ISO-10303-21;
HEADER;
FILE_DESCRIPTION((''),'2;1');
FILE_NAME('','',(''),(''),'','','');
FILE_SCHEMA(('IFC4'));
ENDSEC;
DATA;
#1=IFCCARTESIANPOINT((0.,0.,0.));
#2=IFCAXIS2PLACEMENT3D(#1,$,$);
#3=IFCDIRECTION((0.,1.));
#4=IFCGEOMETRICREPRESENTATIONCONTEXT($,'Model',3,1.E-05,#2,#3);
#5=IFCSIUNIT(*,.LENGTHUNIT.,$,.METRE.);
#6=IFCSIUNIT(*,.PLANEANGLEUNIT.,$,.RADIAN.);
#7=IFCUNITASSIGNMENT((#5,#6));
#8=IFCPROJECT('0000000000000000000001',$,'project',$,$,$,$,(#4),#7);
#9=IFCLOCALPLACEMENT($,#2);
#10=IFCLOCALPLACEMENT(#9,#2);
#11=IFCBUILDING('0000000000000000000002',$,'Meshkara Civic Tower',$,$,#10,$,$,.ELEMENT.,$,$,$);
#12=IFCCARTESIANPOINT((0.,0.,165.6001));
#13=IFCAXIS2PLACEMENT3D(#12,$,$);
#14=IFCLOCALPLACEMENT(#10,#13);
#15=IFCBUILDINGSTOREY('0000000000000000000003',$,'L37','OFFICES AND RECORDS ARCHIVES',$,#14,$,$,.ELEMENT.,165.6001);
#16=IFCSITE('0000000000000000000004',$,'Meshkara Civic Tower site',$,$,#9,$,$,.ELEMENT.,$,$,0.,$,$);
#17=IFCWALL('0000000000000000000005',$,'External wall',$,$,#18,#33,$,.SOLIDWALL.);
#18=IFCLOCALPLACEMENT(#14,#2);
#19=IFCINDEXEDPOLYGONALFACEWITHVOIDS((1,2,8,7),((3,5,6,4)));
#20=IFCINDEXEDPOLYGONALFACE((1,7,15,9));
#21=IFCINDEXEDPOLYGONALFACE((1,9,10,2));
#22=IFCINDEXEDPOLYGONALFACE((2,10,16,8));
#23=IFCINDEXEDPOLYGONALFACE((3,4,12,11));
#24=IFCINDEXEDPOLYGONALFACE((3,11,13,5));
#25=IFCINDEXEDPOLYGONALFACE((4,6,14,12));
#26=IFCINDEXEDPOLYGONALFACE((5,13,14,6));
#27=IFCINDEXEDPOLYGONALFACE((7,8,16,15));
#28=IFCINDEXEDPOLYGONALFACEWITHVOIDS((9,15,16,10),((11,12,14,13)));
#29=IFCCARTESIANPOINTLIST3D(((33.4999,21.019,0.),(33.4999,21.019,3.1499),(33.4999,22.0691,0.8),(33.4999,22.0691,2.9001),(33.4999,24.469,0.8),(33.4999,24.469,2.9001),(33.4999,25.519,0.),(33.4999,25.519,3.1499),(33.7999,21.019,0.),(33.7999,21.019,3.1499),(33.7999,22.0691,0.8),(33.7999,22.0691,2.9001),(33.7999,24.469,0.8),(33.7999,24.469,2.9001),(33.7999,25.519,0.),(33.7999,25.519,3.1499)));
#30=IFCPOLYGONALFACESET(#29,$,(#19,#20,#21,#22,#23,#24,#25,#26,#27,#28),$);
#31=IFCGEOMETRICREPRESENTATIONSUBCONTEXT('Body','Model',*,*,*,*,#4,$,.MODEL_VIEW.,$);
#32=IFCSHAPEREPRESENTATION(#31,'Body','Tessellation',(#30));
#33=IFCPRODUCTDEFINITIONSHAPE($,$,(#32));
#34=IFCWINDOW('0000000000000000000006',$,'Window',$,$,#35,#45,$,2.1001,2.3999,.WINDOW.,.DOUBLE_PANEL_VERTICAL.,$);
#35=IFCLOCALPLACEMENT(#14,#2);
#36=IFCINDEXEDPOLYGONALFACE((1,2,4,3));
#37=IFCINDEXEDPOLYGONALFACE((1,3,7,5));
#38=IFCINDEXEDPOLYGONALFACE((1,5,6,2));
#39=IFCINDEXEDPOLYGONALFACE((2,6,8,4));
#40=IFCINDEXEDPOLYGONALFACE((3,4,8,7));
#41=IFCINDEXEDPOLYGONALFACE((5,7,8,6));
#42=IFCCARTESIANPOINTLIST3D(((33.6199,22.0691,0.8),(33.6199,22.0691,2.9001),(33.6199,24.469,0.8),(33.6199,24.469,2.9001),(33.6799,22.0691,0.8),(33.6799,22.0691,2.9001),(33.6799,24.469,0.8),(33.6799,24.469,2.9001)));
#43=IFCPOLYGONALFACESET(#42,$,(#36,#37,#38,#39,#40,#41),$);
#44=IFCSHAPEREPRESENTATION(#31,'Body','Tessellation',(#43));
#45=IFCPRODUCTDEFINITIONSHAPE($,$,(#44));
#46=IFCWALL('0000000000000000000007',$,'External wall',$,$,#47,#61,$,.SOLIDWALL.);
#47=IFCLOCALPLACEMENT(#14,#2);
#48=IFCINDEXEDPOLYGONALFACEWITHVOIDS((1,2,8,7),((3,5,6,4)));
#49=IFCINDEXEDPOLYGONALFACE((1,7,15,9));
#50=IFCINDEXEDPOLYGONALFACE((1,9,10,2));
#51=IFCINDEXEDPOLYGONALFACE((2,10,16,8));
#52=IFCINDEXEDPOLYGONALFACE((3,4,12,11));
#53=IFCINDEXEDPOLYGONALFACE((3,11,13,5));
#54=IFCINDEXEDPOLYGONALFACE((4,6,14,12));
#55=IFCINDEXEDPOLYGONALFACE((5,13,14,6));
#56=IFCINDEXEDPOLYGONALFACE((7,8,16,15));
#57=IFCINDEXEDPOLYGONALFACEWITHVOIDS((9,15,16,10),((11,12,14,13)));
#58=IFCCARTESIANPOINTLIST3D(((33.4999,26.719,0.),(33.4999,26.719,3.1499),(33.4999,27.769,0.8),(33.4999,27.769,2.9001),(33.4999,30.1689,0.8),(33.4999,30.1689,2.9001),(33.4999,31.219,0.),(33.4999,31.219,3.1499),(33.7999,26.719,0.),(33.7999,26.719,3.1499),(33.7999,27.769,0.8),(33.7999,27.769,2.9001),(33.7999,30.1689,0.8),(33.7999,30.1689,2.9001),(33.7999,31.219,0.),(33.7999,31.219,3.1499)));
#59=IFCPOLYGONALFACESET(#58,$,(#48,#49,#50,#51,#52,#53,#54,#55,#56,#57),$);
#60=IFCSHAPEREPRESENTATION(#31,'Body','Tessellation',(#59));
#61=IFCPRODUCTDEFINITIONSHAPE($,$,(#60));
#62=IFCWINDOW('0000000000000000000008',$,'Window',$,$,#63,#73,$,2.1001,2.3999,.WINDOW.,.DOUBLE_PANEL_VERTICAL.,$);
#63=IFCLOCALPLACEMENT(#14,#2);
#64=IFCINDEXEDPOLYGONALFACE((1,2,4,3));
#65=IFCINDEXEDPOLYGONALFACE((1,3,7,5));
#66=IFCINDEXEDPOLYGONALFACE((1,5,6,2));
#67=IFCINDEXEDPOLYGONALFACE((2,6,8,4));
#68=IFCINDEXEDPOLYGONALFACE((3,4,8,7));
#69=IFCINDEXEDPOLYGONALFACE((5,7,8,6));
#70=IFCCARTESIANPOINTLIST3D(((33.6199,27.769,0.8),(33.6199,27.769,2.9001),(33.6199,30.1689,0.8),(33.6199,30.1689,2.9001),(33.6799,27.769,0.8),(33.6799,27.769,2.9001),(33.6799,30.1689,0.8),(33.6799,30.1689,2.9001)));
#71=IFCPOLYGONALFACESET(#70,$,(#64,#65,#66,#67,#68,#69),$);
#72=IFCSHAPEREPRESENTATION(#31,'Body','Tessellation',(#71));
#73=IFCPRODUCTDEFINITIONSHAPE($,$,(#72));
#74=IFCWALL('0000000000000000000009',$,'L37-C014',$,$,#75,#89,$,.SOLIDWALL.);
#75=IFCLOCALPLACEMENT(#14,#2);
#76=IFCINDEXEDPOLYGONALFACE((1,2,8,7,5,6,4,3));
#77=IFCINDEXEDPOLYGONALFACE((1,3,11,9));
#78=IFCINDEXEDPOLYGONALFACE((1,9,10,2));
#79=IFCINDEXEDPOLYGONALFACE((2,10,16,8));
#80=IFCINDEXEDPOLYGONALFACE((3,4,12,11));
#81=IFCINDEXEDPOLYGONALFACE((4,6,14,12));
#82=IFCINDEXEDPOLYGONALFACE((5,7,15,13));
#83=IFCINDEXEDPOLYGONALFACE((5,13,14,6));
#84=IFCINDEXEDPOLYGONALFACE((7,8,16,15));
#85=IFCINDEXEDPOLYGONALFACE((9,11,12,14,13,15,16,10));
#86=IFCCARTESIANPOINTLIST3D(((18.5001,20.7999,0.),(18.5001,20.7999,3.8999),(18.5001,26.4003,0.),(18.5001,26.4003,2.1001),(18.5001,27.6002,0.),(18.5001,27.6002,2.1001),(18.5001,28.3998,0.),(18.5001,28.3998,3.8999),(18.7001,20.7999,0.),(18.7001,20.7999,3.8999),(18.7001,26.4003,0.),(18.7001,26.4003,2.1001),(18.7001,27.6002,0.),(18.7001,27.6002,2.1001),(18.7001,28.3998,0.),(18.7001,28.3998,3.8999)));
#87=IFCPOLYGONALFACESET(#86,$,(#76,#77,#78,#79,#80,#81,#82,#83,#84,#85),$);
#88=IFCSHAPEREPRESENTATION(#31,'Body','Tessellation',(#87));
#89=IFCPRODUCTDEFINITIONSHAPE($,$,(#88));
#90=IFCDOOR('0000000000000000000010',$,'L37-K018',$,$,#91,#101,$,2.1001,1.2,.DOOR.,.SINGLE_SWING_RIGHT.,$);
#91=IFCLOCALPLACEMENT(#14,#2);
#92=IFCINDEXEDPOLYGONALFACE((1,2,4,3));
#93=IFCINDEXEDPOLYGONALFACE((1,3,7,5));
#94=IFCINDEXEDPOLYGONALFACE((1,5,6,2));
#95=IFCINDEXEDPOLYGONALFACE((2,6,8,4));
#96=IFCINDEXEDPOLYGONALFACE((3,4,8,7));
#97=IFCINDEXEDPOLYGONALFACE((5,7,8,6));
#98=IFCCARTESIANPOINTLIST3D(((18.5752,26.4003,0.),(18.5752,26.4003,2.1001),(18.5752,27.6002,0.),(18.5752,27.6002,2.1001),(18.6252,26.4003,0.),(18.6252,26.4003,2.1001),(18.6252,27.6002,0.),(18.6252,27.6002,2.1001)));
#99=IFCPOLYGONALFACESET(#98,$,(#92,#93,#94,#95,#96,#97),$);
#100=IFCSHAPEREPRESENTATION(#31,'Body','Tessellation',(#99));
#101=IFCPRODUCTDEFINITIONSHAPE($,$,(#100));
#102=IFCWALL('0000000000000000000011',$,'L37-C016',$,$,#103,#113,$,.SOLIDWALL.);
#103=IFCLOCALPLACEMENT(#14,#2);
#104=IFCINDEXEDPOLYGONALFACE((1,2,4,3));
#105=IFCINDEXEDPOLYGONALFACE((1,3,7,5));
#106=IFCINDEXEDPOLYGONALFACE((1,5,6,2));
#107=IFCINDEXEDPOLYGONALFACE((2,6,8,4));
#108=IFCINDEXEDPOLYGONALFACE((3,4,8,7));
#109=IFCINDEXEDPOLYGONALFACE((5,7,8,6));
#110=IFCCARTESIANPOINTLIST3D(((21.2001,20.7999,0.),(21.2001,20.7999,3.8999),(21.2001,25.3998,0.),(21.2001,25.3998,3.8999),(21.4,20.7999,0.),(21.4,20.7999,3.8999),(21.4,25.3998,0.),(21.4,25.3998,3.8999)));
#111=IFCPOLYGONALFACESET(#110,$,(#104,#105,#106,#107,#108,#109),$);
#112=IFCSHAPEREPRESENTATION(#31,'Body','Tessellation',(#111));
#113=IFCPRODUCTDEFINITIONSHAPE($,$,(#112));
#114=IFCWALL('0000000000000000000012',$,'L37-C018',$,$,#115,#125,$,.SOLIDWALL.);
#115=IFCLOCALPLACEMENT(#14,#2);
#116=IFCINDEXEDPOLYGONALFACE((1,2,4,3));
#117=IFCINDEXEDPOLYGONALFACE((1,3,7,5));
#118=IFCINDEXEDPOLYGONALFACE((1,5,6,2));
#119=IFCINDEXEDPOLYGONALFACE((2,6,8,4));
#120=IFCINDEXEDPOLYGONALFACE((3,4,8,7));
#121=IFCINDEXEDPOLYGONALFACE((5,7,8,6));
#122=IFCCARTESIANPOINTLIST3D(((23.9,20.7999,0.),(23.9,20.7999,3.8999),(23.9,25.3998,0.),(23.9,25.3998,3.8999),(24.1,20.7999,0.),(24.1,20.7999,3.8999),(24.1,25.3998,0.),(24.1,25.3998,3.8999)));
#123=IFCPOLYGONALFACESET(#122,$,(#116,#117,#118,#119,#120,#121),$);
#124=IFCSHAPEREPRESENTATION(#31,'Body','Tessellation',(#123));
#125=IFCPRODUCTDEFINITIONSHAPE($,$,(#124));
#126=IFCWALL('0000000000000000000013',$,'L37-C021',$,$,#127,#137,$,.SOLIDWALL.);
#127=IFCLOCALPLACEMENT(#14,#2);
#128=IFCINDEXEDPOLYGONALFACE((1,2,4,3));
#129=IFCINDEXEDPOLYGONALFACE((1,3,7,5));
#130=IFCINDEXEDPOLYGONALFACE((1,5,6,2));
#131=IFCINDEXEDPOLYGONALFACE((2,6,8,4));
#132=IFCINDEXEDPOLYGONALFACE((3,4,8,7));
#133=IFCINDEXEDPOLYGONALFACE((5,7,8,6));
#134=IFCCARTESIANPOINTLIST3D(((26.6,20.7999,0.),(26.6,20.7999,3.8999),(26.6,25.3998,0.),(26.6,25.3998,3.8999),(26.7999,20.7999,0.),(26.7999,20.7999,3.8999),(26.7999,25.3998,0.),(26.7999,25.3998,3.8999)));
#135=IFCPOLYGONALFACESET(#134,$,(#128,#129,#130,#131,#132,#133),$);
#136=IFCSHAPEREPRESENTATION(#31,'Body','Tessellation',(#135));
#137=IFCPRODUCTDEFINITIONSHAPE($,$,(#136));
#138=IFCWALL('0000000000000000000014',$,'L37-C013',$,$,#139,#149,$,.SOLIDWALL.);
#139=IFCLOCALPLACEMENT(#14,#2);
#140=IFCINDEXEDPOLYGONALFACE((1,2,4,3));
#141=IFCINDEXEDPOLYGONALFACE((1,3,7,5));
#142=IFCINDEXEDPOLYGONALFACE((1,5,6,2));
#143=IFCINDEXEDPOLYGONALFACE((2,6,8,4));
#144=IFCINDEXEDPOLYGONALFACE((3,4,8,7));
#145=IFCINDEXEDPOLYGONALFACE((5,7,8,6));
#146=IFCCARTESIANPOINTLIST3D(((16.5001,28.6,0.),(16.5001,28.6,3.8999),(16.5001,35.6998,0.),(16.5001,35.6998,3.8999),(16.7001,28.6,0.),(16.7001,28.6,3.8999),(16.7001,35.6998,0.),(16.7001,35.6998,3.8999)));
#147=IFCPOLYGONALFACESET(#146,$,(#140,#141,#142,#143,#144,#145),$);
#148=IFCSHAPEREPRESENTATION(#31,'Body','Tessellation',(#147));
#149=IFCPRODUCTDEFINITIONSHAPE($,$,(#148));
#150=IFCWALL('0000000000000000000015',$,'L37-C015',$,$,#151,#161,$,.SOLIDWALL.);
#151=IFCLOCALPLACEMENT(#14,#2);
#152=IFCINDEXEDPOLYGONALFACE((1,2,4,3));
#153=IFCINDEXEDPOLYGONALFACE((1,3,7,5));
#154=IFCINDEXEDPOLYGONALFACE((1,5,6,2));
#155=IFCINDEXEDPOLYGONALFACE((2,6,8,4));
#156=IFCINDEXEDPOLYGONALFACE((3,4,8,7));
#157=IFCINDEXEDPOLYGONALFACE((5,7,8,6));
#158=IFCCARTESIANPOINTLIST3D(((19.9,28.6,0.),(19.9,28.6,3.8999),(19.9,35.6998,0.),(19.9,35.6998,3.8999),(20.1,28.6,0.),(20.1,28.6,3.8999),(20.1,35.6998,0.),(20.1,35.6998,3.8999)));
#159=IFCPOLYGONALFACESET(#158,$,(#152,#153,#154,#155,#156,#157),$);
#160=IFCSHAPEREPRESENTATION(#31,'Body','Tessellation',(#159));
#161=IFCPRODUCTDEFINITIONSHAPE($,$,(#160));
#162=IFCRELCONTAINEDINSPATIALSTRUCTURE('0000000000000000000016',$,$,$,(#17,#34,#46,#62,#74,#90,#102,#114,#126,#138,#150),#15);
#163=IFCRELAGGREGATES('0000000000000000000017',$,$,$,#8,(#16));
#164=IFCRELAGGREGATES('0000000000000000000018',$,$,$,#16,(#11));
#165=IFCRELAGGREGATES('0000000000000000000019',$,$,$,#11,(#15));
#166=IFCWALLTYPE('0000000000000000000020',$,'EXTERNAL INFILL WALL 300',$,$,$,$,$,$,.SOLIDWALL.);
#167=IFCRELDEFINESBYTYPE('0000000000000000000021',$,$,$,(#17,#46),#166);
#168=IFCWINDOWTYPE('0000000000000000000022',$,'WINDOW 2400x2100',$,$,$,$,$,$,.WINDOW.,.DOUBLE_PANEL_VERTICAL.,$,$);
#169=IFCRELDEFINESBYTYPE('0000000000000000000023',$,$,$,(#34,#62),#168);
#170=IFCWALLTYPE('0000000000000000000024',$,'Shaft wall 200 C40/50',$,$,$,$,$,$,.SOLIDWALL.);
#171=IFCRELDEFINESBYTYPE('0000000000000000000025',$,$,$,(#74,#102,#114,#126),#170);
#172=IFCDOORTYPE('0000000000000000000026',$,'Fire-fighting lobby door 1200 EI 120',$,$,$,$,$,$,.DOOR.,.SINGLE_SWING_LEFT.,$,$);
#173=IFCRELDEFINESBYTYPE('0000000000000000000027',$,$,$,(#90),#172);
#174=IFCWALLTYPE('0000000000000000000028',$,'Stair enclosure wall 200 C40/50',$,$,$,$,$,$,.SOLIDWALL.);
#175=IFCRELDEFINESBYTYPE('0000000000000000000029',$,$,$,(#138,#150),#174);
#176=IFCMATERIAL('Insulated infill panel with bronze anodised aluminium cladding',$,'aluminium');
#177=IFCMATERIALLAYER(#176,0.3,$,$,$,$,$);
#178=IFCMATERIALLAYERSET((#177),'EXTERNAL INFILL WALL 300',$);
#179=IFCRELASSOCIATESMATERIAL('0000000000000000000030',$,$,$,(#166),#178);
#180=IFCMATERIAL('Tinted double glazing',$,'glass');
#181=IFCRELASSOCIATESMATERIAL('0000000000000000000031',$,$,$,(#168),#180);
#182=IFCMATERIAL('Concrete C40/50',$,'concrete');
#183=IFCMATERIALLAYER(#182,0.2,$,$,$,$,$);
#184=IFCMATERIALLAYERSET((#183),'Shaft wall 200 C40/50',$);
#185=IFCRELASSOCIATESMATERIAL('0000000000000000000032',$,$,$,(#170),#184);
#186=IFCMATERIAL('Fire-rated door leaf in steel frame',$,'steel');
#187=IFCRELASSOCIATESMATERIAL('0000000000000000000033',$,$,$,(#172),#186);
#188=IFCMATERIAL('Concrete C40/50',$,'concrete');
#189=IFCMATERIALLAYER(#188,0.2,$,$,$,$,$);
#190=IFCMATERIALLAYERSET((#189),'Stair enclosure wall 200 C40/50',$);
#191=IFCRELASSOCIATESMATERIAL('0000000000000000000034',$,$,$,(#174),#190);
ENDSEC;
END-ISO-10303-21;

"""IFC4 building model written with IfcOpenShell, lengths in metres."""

from ifc_helpers import new_model, si_unit, direction, frame, frame_2d, origin, place, context, subcontext, project, spatial, rectangle, extrude, material, layer, layer_set, type_object, element, fill, save


model = new_model("IFC4")

# Units and contexts
model_context = context("Model", 3, precision=1e-05, world=origin(), true_north=direction((0.0, 1.0)))
body_context = subcontext(model_context, "Body", "Model", "MODEL_VIEW")
ifc_project = project(units=[si_unit("LENGTHUNIT", "METRE"), si_unit("PLANEANGLEUNIT", "RADIAN")], contexts=[model_context])

# Site, building, storey
site_placement = place(None, origin())
site = spatial("IfcSite", under=ifc_project, at=site_placement, Name="Meshkara Civic Tower site", CompositionType="ELEMENT", RefElevation=0.0)
building_placement = place(site_placement, origin())
building = spatial("IfcBuilding", under=site, at=building_placement, Name="Meshkara Civic Tower", CompositionType="ELEMENT")
storey_placement = place(building_placement, frame((0.0, 0.0, 165.6001)))
storey = spatial("IfcBuildingStorey", under=building, at=storey_placement, Name="L37", Description="OFFICES AND RECORDS ARCHIVES", CompositionType="ELEMENT", Elevation=165.6001)

# Walls, openings, windows
ifc_material_1 = material(Name="Insulated infill panel with bronze anodised aluminium cladding", Category="aluminium")
ifc_layer_1 = layer(ifc_material_1, 0.3)
ifc_layer_set_1 = layer_set([ifc_layer_1], Name="EXTERNAL INFILL WALL 300")
wall_type_1 = type_object("IfcWallType", Name="EXTERNAL INFILL WALL 300", PredefinedType="SOLIDWALL", material=ifc_layer_set_1)
ifc_material_2 = material(Name="Tinted double glazing", Category="glass")
window_type = type_object("IfcWindowType", Name="WINDOW 2400x2100", PartitioningType="DOUBLE_PANEL_VERTICAL", PredefinedType="WINDOW", material=ifc_material_2)
wall_1_placement = place(storey_placement, frame((33.6499, 21.019, 0.0), z_axis=(0.0, 0.0, 1.0), x_axis=(0.0, 1.0, 0.0)))
wall_1 = element("IfcWall", 1, at=wall_1_placement, inside=storey, type_object=wall_type_1, Name="External wall", PredefinedType="SOLIDWALL", context=body_context, shape_type="SweptSolid", body=[
    extrude(rectangle(XDim=4.5, YDim=0.3, at=frame_2d((2.25, 0.0))), origin(), (0.0, 0.0, 1.0), 3.1499),
])
opening_1_placement = place(wall_1_placement, frame((1.05, 0.0, 0.8)))
opening_1 = element("IfcOpeningElement", 2, at=opening_1_placement, cuts=wall_1, PredefinedType="OPENING", context=body_context, shape_type="SweptSolid", body=[
    extrude(rectangle(XDim=2.3999, YDim=2.1001, at=frame_2d((1.2, 1.05))), frame((0.0, 0.1599, 0.0), z_axis=(0.0, -1.0, 0.0), x_axis=(1.0, 0.0, 0.0)), (0.0, 0.0, 1.0), 0.3201),
])
window_1_placement = place(opening_1_placement, origin())
window_1 = element("IfcWindow", 3, at=window_1_placement, inside=storey, type_object=window_type, Name="Window", OverallHeight=2.1001, OverallWidth=2.3999, PartitioningType="DOUBLE_PANEL_VERTICAL", PredefinedType="WINDOW", context=body_context, shape_type="SweptSolid", body=[
    extrude(rectangle(XDim=2.3999, YDim=2.1001, at=frame_2d((1.2, 1.05))), frame((0.0, 0.03, 0.0), z_axis=(0.0, -1.0, 0.0), x_axis=(1.0, 0.0, 0.0)), (0.0, 0.0, 1.0), 0.0601),
])
fill(opening_1, window_1)
wall_2_placement = place(storey_placement, frame((33.6499, 26.719, 0.0), z_axis=(0.0, 0.0, 1.0), x_axis=(0.0, 1.0, 0.0)))
wall_2 = element("IfcWall", 4, at=wall_2_placement, inside=storey, type_object=wall_type_1, Name="External wall", PredefinedType="SOLIDWALL", context=body_context, shape_type="SweptSolid", body=[
    extrude(rectangle(XDim=4.5, YDim=0.3, at=frame_2d((2.25, 0.0))), origin(), (0.0, 0.0, 1.0), 3.1499),
])
opening_2_placement = place(wall_2_placement, frame((1.05, 0.0, 0.8)))
opening_2 = element("IfcOpeningElement", 5, at=opening_2_placement, cuts=wall_2, PredefinedType="OPENING", context=body_context, shape_type="SweptSolid", body=[
    extrude(rectangle(XDim=2.3999, YDim=2.1001, at=frame_2d((1.2, 1.05))), frame((0.0, 0.1599, 0.0), z_axis=(0.0, -1.0, 0.0), x_axis=(1.0, 0.0, 0.0)), (0.0, 0.0, 1.0), 0.3201),
])
window_2_placement = place(opening_2_placement, origin())
window_2 = element("IfcWindow", 6, at=window_2_placement, inside=storey, type_object=window_type, Name="Window", OverallHeight=2.1001, OverallWidth=2.3999, PartitioningType="DOUBLE_PANEL_VERTICAL", PredefinedType="WINDOW", context=body_context, shape_type="SweptSolid", body=[
    extrude(rectangle(XDim=2.3999, YDim=2.1001, at=frame_2d((1.2, 1.05))), frame((0.0, 0.03, 0.0), z_axis=(0.0, -1.0, 0.0), x_axis=(1.0, 0.0, 0.0)), (0.0, 0.0, 1.0), 0.0601),
])
fill(opening_2, window_2)

# Wall, opening, door
ifc_material_3 = material(Name="Concrete C40/50", Category="concrete")
ifc_layer_2 = layer(ifc_material_3, 0.2)
ifc_layer_set_2 = layer_set([ifc_layer_2], Name="Shaft wall 200 C40/50")
wall_type_2 = type_object("IfcWallType", Name="Shaft wall 200 C40/50", PredefinedType="SOLIDWALL", material=ifc_layer_set_2)
wall_3_placement = place(storey_placement, frame((18.6001, 20.8, 0.0), z_axis=(0.0, 0.0, 1.0), x_axis=(0.0, 1.0, 0.0)))
wall_3 = element("IfcWall", 7, at=wall_3_placement, inside=storey, type_object=wall_type_2, Name="L37-C014", PredefinedType="SOLIDWALL", context=body_context, shape_type="SweptSolid", body=[
    extrude(rectangle(XDim=7.5999, YDim=0.2, at=frame_2d((3.7998, 0.0))), origin(), (0.0, 0.0, 1.0), 3.8999),
])
opening_3_placement = place(wall_3_placement, frame((5.6001, 0.0, 0.0)))
opening_3 = element("IfcOpeningElement", 8, at=opening_3_placement, cuts=wall_3, PredefinedType="OPENING", context=body_context, shape_type="SweptSolid", body=[
    extrude(rectangle(XDim=1.2, YDim=2.1001, at=frame_2d((0.6001, 1.05))), frame((0.0, 0.1099, 0.0), z_axis=(0.0, -1.0, 0.0), x_axis=(1.0, 0.0, 0.0)), (0.0, 0.0, 1.0), 0.22),
])
ifc_material_4 = material(Name="Fire-rated door leaf in steel frame", Category="steel")
door_type = type_object("IfcDoorType", Name="Fire-fighting lobby door 1200 EI 120", OperationType="SINGLE_SWING_LEFT", PredefinedType="DOOR", material=ifc_material_4)
door_placement = place(opening_3_placement, origin())
door = element("IfcDoor", 9, at=door_placement, inside=storey, type_object=door_type, Name="L37-K018", OperationType="SINGLE_SWING_RIGHT", OverallHeight=2.1001, OverallWidth=1.2, PredefinedType="DOOR", context=body_context, shape_type="SweptSolid", body=[
    extrude(rectangle(XDim=1.2, YDim=2.1001, at=frame_2d((0.6001, 1.05))), frame((0.0, 0.0249, 0.0), z_axis=(0.0, -1.0, 0.0), x_axis=(1.0, 0.0, 0.0)), (0.0, 0.0, 1.0), 0.05),
])
fill(opening_3, door)

# Walls
for number, where, z_axis, x_axis, name in (
    (10, (21.3, 20.8, 0.0), (0.0, 0.0, 1.0), (0.0, 1.0, 0.0), "L37-C016"),
    (11, (24.0, 20.8, 0.0), (0.0, 0.0, 1.0), (0.0, 1.0, 0.0), "L37-C018"),
    (12, (26.7, 20.8, 0.0), (0.0, 0.0, 1.0), (0.0, 1.0, 0.0), "L37-C021"),
):
    element("IfcWall", number, at=place(storey_placement, frame(where, z_axis=z_axis, x_axis=x_axis)), inside=storey, type_object=wall_type_2, Name=name, PredefinedType="SOLIDWALL", context=body_context, shape_type="SweptSolid", body=[
        extrude(rectangle(XDim=4.5999, YDim=0.2, at=frame_2d((2.2998, 0.0))), origin(), (0.0, 0.0, 1.0), 3.8999),
    ])
ifc_material_5 = material(Name="Concrete C40/50", Category="concrete")
ifc_layer_3 = layer(ifc_material_5, 0.2)
ifc_layer_set_3 = layer_set([ifc_layer_3], Name="Stair enclosure wall 200 C40/50")
wall_type_3 = type_object("IfcWallType", Name="Stair enclosure wall 200 C40/50", PredefinedType="SOLIDWALL", material=ifc_layer_set_3)
for number, where, z_axis, x_axis, name in (
    (13, (16.6001, 28.6001, 0.0), (0.0, 0.0, 1.0), (0.0, 1.0, 0.0), "L37-C013"),
    (14, (20.0, 28.6001, 0.0), (0.0, 0.0, 1.0), (0.0, 1.0, 0.0), "L37-C015"),
):
    element("IfcWall", number, at=place(storey_placement, frame(where, z_axis=z_axis, x_axis=x_axis)), inside=storey, type_object=wall_type_3, Name=name, PredefinedType="SOLIDWALL", context=body_context, shape_type="SweptSolid", body=[
        extrude(rectangle(XDim=7.0999, YDim=0.2, at=frame_2d((3.5498, 0.0))), origin(), (0.0, 0.0, 1.0), 3.8999),
    ])

save(model, "model.ifc")
